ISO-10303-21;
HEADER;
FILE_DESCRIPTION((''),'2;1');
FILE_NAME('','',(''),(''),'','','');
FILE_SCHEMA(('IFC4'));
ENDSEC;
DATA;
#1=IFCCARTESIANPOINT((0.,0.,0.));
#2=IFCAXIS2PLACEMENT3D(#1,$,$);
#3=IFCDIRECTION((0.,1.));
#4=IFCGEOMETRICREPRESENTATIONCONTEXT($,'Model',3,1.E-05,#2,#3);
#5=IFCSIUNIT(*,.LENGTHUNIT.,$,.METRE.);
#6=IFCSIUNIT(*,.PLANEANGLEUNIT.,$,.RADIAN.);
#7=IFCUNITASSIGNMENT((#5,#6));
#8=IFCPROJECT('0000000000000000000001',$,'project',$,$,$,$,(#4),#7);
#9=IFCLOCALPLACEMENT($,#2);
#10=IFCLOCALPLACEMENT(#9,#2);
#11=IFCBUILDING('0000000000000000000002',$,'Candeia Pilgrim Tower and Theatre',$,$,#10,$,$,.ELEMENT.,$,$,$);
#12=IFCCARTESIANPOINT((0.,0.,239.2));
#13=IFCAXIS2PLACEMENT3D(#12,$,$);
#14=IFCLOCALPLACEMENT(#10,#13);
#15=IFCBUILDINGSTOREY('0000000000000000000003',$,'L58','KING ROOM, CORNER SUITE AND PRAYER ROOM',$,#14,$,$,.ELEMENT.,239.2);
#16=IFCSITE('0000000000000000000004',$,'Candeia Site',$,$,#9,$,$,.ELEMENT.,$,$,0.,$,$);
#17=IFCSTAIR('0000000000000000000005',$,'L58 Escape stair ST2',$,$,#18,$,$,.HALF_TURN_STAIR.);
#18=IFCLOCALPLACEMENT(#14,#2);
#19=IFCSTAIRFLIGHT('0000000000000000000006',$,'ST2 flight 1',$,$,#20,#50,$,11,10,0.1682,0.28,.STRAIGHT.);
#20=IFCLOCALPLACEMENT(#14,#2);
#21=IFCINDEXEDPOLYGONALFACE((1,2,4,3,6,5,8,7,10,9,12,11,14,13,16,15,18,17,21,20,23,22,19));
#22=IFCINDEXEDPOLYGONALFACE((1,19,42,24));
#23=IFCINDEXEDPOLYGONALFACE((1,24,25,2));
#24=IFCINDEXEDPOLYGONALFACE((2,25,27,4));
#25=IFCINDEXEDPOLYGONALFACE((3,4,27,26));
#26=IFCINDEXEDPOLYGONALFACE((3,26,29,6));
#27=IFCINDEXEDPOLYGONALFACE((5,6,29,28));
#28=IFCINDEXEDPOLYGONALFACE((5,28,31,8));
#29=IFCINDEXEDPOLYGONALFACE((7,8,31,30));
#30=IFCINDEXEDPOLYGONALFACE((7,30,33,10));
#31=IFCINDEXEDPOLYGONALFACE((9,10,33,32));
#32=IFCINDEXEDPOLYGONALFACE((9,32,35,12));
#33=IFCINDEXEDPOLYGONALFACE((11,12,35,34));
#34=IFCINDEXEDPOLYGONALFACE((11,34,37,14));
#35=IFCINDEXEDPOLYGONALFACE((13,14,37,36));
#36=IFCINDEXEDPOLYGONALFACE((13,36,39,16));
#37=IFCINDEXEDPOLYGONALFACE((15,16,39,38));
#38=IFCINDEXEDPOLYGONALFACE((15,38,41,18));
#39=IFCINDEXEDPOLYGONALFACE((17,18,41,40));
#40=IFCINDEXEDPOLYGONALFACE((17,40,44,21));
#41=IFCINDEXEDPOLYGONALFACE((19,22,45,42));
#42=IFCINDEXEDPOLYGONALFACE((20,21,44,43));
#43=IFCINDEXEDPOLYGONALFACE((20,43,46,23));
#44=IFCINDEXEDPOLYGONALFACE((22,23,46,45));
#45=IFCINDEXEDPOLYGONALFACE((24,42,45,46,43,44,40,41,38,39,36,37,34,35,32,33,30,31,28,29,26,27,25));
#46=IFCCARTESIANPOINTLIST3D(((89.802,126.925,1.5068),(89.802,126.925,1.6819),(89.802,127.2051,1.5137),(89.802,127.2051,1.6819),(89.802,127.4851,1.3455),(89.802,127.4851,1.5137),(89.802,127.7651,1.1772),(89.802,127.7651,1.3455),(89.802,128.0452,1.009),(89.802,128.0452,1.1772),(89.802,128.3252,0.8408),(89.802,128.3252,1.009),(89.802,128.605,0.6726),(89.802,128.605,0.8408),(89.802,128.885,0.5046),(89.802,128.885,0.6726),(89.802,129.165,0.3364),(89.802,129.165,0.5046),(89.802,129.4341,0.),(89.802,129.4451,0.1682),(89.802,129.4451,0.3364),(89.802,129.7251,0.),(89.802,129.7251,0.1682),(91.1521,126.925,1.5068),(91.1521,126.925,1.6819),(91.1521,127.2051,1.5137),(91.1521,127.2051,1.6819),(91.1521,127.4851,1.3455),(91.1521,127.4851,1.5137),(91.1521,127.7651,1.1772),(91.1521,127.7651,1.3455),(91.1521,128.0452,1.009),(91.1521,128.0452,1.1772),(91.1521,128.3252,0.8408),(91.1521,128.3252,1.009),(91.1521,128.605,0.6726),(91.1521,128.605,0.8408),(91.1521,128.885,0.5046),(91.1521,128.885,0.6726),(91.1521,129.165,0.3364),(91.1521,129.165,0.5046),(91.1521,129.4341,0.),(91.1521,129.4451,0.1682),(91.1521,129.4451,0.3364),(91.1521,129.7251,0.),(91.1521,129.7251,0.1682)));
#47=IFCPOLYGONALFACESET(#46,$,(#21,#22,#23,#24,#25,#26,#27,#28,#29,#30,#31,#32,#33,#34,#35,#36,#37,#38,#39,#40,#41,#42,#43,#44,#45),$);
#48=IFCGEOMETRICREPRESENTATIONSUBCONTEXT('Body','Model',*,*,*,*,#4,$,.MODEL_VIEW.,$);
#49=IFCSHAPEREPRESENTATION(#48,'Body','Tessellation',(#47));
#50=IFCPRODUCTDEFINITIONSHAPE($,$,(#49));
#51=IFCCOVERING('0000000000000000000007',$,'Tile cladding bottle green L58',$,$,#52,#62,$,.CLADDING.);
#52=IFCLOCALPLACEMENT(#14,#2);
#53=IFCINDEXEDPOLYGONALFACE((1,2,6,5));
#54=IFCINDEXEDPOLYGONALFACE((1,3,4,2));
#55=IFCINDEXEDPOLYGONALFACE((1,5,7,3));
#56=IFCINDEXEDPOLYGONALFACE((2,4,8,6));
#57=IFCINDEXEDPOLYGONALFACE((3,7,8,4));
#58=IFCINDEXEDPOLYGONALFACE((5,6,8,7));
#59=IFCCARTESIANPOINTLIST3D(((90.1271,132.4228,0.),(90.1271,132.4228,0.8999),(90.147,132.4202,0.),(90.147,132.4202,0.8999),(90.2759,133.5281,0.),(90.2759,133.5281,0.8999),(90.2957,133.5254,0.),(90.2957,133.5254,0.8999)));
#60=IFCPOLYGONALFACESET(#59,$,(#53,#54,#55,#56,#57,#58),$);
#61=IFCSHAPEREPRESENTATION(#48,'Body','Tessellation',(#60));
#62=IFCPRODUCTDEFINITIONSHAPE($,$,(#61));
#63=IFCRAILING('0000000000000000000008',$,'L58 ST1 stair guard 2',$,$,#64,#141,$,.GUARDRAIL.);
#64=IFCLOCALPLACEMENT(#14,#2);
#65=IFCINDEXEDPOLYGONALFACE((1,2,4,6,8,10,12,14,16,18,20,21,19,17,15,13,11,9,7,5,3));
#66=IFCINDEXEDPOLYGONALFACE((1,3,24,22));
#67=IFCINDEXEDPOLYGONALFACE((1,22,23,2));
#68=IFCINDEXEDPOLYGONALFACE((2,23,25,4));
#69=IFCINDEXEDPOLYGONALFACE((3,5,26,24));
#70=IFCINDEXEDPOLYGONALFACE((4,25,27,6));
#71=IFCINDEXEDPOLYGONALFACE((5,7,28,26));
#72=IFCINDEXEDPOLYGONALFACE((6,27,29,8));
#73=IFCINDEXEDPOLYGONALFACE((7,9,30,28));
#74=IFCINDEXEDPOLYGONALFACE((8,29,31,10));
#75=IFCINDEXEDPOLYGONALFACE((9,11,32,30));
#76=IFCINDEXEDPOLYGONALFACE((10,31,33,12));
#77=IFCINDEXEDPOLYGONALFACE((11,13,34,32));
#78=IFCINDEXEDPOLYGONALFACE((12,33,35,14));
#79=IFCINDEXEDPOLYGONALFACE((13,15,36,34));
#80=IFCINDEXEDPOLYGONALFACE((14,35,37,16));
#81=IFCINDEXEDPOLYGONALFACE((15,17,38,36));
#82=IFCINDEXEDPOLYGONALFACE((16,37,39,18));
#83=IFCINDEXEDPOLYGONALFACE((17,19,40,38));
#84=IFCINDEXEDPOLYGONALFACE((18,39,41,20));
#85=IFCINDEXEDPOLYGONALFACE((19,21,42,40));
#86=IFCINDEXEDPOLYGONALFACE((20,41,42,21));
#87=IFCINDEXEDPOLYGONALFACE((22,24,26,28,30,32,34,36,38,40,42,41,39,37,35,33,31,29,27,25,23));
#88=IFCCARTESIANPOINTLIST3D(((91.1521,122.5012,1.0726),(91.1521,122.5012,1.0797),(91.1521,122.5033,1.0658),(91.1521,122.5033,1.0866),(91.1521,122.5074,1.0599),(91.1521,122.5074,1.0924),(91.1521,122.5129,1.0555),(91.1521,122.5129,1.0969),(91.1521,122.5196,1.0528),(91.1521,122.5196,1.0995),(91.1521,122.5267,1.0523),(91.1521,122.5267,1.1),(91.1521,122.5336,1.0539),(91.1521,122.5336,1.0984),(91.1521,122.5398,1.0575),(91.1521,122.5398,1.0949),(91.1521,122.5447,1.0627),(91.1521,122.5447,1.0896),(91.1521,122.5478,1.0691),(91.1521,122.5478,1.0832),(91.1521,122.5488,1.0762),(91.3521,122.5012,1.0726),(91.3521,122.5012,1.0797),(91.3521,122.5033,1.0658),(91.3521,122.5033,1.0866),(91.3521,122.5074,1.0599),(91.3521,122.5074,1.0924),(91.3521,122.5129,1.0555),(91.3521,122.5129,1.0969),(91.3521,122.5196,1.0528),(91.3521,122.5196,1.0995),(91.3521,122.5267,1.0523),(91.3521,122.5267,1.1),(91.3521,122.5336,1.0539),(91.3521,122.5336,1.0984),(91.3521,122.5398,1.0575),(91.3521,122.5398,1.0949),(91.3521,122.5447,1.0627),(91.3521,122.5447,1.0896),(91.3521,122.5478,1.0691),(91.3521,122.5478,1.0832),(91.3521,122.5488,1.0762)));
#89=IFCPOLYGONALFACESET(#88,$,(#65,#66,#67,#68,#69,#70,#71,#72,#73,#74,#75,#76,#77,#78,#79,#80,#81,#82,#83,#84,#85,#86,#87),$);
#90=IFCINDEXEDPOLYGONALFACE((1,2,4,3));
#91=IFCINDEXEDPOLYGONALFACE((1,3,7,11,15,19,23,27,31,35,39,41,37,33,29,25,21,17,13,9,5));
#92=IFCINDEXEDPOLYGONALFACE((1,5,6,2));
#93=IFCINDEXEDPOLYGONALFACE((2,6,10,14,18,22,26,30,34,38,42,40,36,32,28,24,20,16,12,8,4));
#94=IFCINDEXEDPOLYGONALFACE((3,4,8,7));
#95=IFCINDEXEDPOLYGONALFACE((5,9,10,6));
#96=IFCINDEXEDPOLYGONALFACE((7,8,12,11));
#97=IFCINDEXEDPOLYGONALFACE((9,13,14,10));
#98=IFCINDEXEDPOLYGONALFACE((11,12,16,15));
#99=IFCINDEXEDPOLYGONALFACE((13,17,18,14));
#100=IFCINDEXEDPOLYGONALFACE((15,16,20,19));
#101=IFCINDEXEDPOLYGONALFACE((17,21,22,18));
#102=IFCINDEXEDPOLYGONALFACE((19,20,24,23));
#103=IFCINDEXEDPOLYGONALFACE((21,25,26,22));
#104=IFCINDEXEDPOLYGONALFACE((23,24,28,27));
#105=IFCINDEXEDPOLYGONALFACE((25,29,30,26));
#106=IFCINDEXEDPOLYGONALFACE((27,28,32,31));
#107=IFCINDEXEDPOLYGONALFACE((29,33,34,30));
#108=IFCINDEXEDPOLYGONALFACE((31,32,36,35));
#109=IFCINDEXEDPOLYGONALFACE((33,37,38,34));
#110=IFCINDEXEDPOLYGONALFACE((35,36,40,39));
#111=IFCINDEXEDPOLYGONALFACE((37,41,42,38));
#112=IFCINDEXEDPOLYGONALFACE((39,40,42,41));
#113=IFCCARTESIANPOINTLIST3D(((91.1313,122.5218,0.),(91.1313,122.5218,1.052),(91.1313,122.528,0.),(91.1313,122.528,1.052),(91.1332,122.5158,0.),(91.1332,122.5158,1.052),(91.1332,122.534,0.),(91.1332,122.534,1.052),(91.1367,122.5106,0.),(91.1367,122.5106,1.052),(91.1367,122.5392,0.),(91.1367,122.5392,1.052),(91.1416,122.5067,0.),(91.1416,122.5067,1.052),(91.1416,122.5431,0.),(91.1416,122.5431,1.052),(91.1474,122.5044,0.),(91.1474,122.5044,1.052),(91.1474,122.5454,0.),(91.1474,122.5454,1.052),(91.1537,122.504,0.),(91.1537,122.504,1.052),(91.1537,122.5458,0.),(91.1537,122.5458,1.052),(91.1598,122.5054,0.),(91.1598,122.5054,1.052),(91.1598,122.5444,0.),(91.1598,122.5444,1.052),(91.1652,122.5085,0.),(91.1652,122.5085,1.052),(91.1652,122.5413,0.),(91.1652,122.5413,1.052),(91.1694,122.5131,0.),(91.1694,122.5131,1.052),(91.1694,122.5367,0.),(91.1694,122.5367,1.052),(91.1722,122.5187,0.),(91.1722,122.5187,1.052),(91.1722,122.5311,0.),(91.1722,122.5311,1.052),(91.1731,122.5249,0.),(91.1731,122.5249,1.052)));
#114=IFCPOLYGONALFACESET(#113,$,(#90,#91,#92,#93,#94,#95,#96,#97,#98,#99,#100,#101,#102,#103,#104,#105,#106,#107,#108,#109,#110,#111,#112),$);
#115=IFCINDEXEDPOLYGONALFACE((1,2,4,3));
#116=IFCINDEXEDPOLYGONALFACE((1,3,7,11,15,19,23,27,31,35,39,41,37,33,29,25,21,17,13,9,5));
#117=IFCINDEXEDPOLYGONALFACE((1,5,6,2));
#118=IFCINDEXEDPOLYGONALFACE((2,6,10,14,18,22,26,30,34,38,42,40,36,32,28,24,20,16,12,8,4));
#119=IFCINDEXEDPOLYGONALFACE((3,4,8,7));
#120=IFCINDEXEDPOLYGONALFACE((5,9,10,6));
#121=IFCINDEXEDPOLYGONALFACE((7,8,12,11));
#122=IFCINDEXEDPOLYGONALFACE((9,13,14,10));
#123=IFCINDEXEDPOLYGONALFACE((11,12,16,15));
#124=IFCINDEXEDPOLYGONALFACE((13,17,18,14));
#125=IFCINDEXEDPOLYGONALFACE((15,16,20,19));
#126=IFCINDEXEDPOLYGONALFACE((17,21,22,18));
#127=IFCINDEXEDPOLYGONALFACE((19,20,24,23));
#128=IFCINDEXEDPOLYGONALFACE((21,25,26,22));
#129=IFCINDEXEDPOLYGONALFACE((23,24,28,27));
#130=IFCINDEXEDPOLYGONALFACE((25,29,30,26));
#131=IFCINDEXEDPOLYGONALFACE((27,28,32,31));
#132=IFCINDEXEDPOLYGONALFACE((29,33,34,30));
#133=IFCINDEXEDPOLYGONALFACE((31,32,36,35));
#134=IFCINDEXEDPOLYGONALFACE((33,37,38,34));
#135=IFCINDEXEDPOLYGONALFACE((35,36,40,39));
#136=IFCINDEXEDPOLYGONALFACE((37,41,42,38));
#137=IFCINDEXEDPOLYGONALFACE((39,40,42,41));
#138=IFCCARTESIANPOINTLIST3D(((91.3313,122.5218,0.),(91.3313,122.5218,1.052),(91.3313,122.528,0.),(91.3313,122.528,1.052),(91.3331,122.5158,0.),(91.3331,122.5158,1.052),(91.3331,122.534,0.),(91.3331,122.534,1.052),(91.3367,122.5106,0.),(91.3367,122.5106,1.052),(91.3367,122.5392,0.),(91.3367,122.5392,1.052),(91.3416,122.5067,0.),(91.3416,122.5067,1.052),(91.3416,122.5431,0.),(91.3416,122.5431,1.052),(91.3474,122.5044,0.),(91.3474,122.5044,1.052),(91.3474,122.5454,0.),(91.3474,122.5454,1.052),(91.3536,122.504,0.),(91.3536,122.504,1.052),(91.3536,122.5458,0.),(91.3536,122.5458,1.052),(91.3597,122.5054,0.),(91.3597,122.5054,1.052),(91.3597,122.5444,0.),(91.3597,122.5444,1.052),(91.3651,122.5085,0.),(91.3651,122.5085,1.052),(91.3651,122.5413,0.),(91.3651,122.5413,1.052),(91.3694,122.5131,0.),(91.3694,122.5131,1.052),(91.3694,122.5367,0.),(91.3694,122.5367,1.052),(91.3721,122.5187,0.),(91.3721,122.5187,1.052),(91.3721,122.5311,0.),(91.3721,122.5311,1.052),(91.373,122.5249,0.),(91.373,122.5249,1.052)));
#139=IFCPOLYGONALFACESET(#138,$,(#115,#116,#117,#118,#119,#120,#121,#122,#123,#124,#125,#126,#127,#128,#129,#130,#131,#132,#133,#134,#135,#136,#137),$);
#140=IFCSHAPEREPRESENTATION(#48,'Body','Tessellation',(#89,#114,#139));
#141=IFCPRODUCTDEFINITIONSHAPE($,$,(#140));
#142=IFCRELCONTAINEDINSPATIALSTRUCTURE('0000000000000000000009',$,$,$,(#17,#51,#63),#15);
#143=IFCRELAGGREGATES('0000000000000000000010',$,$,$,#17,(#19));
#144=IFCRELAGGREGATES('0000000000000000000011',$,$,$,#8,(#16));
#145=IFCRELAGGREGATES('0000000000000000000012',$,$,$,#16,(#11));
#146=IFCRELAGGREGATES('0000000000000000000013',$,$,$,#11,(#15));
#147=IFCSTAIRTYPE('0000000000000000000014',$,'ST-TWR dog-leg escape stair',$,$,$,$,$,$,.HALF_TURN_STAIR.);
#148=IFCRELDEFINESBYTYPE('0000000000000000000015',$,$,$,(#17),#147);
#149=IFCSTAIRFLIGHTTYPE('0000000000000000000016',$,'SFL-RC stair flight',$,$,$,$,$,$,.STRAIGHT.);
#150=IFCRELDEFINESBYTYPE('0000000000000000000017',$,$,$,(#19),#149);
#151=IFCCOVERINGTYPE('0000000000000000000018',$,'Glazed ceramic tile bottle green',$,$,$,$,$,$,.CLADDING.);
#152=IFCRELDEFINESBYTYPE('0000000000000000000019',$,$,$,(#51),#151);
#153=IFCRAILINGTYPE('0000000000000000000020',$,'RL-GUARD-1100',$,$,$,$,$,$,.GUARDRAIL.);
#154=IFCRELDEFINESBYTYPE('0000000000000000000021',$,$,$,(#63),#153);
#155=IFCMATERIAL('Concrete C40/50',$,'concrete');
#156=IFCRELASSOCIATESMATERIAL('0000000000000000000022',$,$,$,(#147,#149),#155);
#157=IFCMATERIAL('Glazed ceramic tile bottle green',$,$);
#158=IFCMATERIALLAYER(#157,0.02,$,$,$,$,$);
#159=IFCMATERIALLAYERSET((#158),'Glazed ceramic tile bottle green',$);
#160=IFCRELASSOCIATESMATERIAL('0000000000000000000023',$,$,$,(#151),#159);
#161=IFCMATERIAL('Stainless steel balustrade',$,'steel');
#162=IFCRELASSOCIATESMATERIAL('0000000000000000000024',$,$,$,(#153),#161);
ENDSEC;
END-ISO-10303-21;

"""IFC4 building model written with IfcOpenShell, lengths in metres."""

from ifc_helpers import new_model, si_unit, direction, frame, origin, origin_2d, place, context, subcontext, project, spatial, polyline, rectangle, circle, outline, extrude, material, layer, layer_set, type_object, element, aggregate, save


model = new_model("IFC4")

# Units and contexts
model_context = context("Model", 3, precision=1e-05, world=origin(), true_north=direction((0.0, 1.0)))
body_context = subcontext(model_context, "Body", "Model", "MODEL_VIEW")
ifc_project = project(units=[si_unit("LENGTHUNIT", "METRE"), si_unit("PLANEANGLEUNIT", "RADIAN")], contexts=[model_context])

# Site, building, storey
site_placement = place(None, origin())
site = spatial("IfcSite", under=ifc_project, at=site_placement, Name="Candeia Site", CompositionType="ELEMENT", RefElevation=0.0)
building_placement = place(site_placement, origin())
building = spatial("IfcBuilding", under=site, at=building_placement, Name="Candeia Pilgrim Tower and Theatre", CompositionType="ELEMENT")
storey_placement = place(building_placement, frame((0.0, 0.0, 239.2)))
storey = spatial("IfcBuildingStorey", under=building, at=storey_placement, Name="L58", Description="KING ROOM, CORNER SUITE AND PRAYER ROOM", CompositionType="ELEMENT", Elevation=239.2)

# Shared definitions
ifc_material_1 = material(Name="Concrete C40/50", Category="concrete")

# Shared definitions
stair_type = type_object("IfcStairType", Name="ST-TWR dog-leg escape stair", PredefinedType="HALF_TURN_STAIR", material=ifc_material_1)
stair_flight_type = type_object("IfcStairFlightType", Name="SFL-RC stair flight", PredefinedType="STRAIGHT", material=ifc_material_1)

# Stair, stair flight
stair_1_placement = place(storey_placement, origin())
stair_1 = element("IfcStair", 1, at=stair_1_placement, inside=storey, type_object=stair_type, Name="L58 Escape stair ST2", PredefinedType="HALF_TURN_STAIR")
stair_flight_1_placement = place(storey_placement, frame((90.4771, 129.7251, 0.0), z_axis=(0.0, 0.0, 1.0), x_axis=(0.0, -1.0, 0.0)))
stair_flight_1 = element("IfcStairFlight", 2, at=stair_flight_1_placement, type_object=stair_flight_type, Name="ST2 flight 1", NumberOfRisers=11, NumberOfTreads=10, PredefinedType="STRAIGHT", RiserHeight=0.1682, TreadLength=0.28, context=body_context, shape_type="SweptSolid", body=[
    extrude(outline(polyline([(0.0, 0.0), (0.0, 0.1682), (0.28, 0.1682), (0.28, 0.3364), (0.5601, 0.3364), (0.5601, 0.5046), (0.8401, 0.5046), (0.8401, 0.6726), (1.1201, 0.6726), (1.1201, 0.8408), (1.3999, 0.8408), (1.3999, 1.009), (1.6799, 1.009), (1.6799, 1.1772), (1.96, 1.1772), (1.96, 1.3455), (2.24, 1.3455), (2.24, 1.5137), (2.52, 1.5137), (2.52, 1.6819), (2.8, 1.6819), (2.8, 1.8501), (2.8, 1.5068), (0.291, 0.0), (0.0, 0.0)])), frame((0.0, 0.675, 0.0), z_axis=(0.0, -1.0, 0.0), x_axis=(1.0, 0.0, 0.0)), (0.0, 0.0, 1.0), 1.3501),
])
aggregate(stair_1, [stair_flight_1])

# Shared definitions
ifc_material_2 = material(Name="Stainless steel balustrade", Category="steel")

# Covering
ifc_material_3 = material(Name="Glazed ceramic tile bottle green")
ifc_layer_1 = layer(ifc_material_3, 0.02)
ifc_layer_set_1 = layer_set([ifc_layer_1], Name="Glazed ceramic tile bottle green")
covering_type = type_object("IfcCoveringType", Name="Glazed ceramic tile bottle green", PredefinedType="CLADDING", material=ifc_layer_set_1)
covering_placement = place(storey_placement, frame((90.2114, 132.9741, 0.0), z_axis=(0.0, 0.0, 1.0), x_axis=(-0.133412, -0.991061, 0.0)))
element("IfcCovering", 3, at=covering_placement, inside=storey, type_object=covering_type, Name="Tile cladding bottle green L58", PredefinedType="CLADDING", context=body_context, shape_type="SweptSolid", body=[
    extrude(rectangle(XDim=1.1152, YDim=0.02, at=origin_2d()), origin(), (0.0, 0.0, 1.0), 0.8999),
])

# Railing
railing_type_1 = type_object("IfcRailingType", Name="RL-GUARD-1100", PredefinedType="GUARDRAIL", material=ifc_material_2)
railing_1_placement = place(storey_placement, frame((91.1521, 122.5249, 0.0)))
element("IfcRailing", 4, at=railing_1_placement, inside=storey, type_object=railing_type_1, Name="L58 ST1 stair guard 2", PredefinedType="GUARDRAIL", context=body_context, shape_type="SweptSolid", body=[
    extrude(circle(Radius=0.0239, at=origin_2d()), frame((0.0, 0.0, 1.0762), z_axis=(1.0, 0.0, 0.0), x_axis=(0.0, 1.0, 0.0)), (0.0, 0.0, 1.0), 0.2),
    extrude(circle(Radius=0.021, at=origin_2d()), origin(), (0.0, 0.0, 1.0), 1.052),
    extrude(circle(Radius=0.021, at=origin_2d()), frame((0.2, 0.0, 0.0)), (0.0, 0.0, 1.0), 1.052),
])

save(model, "model.ifc")
